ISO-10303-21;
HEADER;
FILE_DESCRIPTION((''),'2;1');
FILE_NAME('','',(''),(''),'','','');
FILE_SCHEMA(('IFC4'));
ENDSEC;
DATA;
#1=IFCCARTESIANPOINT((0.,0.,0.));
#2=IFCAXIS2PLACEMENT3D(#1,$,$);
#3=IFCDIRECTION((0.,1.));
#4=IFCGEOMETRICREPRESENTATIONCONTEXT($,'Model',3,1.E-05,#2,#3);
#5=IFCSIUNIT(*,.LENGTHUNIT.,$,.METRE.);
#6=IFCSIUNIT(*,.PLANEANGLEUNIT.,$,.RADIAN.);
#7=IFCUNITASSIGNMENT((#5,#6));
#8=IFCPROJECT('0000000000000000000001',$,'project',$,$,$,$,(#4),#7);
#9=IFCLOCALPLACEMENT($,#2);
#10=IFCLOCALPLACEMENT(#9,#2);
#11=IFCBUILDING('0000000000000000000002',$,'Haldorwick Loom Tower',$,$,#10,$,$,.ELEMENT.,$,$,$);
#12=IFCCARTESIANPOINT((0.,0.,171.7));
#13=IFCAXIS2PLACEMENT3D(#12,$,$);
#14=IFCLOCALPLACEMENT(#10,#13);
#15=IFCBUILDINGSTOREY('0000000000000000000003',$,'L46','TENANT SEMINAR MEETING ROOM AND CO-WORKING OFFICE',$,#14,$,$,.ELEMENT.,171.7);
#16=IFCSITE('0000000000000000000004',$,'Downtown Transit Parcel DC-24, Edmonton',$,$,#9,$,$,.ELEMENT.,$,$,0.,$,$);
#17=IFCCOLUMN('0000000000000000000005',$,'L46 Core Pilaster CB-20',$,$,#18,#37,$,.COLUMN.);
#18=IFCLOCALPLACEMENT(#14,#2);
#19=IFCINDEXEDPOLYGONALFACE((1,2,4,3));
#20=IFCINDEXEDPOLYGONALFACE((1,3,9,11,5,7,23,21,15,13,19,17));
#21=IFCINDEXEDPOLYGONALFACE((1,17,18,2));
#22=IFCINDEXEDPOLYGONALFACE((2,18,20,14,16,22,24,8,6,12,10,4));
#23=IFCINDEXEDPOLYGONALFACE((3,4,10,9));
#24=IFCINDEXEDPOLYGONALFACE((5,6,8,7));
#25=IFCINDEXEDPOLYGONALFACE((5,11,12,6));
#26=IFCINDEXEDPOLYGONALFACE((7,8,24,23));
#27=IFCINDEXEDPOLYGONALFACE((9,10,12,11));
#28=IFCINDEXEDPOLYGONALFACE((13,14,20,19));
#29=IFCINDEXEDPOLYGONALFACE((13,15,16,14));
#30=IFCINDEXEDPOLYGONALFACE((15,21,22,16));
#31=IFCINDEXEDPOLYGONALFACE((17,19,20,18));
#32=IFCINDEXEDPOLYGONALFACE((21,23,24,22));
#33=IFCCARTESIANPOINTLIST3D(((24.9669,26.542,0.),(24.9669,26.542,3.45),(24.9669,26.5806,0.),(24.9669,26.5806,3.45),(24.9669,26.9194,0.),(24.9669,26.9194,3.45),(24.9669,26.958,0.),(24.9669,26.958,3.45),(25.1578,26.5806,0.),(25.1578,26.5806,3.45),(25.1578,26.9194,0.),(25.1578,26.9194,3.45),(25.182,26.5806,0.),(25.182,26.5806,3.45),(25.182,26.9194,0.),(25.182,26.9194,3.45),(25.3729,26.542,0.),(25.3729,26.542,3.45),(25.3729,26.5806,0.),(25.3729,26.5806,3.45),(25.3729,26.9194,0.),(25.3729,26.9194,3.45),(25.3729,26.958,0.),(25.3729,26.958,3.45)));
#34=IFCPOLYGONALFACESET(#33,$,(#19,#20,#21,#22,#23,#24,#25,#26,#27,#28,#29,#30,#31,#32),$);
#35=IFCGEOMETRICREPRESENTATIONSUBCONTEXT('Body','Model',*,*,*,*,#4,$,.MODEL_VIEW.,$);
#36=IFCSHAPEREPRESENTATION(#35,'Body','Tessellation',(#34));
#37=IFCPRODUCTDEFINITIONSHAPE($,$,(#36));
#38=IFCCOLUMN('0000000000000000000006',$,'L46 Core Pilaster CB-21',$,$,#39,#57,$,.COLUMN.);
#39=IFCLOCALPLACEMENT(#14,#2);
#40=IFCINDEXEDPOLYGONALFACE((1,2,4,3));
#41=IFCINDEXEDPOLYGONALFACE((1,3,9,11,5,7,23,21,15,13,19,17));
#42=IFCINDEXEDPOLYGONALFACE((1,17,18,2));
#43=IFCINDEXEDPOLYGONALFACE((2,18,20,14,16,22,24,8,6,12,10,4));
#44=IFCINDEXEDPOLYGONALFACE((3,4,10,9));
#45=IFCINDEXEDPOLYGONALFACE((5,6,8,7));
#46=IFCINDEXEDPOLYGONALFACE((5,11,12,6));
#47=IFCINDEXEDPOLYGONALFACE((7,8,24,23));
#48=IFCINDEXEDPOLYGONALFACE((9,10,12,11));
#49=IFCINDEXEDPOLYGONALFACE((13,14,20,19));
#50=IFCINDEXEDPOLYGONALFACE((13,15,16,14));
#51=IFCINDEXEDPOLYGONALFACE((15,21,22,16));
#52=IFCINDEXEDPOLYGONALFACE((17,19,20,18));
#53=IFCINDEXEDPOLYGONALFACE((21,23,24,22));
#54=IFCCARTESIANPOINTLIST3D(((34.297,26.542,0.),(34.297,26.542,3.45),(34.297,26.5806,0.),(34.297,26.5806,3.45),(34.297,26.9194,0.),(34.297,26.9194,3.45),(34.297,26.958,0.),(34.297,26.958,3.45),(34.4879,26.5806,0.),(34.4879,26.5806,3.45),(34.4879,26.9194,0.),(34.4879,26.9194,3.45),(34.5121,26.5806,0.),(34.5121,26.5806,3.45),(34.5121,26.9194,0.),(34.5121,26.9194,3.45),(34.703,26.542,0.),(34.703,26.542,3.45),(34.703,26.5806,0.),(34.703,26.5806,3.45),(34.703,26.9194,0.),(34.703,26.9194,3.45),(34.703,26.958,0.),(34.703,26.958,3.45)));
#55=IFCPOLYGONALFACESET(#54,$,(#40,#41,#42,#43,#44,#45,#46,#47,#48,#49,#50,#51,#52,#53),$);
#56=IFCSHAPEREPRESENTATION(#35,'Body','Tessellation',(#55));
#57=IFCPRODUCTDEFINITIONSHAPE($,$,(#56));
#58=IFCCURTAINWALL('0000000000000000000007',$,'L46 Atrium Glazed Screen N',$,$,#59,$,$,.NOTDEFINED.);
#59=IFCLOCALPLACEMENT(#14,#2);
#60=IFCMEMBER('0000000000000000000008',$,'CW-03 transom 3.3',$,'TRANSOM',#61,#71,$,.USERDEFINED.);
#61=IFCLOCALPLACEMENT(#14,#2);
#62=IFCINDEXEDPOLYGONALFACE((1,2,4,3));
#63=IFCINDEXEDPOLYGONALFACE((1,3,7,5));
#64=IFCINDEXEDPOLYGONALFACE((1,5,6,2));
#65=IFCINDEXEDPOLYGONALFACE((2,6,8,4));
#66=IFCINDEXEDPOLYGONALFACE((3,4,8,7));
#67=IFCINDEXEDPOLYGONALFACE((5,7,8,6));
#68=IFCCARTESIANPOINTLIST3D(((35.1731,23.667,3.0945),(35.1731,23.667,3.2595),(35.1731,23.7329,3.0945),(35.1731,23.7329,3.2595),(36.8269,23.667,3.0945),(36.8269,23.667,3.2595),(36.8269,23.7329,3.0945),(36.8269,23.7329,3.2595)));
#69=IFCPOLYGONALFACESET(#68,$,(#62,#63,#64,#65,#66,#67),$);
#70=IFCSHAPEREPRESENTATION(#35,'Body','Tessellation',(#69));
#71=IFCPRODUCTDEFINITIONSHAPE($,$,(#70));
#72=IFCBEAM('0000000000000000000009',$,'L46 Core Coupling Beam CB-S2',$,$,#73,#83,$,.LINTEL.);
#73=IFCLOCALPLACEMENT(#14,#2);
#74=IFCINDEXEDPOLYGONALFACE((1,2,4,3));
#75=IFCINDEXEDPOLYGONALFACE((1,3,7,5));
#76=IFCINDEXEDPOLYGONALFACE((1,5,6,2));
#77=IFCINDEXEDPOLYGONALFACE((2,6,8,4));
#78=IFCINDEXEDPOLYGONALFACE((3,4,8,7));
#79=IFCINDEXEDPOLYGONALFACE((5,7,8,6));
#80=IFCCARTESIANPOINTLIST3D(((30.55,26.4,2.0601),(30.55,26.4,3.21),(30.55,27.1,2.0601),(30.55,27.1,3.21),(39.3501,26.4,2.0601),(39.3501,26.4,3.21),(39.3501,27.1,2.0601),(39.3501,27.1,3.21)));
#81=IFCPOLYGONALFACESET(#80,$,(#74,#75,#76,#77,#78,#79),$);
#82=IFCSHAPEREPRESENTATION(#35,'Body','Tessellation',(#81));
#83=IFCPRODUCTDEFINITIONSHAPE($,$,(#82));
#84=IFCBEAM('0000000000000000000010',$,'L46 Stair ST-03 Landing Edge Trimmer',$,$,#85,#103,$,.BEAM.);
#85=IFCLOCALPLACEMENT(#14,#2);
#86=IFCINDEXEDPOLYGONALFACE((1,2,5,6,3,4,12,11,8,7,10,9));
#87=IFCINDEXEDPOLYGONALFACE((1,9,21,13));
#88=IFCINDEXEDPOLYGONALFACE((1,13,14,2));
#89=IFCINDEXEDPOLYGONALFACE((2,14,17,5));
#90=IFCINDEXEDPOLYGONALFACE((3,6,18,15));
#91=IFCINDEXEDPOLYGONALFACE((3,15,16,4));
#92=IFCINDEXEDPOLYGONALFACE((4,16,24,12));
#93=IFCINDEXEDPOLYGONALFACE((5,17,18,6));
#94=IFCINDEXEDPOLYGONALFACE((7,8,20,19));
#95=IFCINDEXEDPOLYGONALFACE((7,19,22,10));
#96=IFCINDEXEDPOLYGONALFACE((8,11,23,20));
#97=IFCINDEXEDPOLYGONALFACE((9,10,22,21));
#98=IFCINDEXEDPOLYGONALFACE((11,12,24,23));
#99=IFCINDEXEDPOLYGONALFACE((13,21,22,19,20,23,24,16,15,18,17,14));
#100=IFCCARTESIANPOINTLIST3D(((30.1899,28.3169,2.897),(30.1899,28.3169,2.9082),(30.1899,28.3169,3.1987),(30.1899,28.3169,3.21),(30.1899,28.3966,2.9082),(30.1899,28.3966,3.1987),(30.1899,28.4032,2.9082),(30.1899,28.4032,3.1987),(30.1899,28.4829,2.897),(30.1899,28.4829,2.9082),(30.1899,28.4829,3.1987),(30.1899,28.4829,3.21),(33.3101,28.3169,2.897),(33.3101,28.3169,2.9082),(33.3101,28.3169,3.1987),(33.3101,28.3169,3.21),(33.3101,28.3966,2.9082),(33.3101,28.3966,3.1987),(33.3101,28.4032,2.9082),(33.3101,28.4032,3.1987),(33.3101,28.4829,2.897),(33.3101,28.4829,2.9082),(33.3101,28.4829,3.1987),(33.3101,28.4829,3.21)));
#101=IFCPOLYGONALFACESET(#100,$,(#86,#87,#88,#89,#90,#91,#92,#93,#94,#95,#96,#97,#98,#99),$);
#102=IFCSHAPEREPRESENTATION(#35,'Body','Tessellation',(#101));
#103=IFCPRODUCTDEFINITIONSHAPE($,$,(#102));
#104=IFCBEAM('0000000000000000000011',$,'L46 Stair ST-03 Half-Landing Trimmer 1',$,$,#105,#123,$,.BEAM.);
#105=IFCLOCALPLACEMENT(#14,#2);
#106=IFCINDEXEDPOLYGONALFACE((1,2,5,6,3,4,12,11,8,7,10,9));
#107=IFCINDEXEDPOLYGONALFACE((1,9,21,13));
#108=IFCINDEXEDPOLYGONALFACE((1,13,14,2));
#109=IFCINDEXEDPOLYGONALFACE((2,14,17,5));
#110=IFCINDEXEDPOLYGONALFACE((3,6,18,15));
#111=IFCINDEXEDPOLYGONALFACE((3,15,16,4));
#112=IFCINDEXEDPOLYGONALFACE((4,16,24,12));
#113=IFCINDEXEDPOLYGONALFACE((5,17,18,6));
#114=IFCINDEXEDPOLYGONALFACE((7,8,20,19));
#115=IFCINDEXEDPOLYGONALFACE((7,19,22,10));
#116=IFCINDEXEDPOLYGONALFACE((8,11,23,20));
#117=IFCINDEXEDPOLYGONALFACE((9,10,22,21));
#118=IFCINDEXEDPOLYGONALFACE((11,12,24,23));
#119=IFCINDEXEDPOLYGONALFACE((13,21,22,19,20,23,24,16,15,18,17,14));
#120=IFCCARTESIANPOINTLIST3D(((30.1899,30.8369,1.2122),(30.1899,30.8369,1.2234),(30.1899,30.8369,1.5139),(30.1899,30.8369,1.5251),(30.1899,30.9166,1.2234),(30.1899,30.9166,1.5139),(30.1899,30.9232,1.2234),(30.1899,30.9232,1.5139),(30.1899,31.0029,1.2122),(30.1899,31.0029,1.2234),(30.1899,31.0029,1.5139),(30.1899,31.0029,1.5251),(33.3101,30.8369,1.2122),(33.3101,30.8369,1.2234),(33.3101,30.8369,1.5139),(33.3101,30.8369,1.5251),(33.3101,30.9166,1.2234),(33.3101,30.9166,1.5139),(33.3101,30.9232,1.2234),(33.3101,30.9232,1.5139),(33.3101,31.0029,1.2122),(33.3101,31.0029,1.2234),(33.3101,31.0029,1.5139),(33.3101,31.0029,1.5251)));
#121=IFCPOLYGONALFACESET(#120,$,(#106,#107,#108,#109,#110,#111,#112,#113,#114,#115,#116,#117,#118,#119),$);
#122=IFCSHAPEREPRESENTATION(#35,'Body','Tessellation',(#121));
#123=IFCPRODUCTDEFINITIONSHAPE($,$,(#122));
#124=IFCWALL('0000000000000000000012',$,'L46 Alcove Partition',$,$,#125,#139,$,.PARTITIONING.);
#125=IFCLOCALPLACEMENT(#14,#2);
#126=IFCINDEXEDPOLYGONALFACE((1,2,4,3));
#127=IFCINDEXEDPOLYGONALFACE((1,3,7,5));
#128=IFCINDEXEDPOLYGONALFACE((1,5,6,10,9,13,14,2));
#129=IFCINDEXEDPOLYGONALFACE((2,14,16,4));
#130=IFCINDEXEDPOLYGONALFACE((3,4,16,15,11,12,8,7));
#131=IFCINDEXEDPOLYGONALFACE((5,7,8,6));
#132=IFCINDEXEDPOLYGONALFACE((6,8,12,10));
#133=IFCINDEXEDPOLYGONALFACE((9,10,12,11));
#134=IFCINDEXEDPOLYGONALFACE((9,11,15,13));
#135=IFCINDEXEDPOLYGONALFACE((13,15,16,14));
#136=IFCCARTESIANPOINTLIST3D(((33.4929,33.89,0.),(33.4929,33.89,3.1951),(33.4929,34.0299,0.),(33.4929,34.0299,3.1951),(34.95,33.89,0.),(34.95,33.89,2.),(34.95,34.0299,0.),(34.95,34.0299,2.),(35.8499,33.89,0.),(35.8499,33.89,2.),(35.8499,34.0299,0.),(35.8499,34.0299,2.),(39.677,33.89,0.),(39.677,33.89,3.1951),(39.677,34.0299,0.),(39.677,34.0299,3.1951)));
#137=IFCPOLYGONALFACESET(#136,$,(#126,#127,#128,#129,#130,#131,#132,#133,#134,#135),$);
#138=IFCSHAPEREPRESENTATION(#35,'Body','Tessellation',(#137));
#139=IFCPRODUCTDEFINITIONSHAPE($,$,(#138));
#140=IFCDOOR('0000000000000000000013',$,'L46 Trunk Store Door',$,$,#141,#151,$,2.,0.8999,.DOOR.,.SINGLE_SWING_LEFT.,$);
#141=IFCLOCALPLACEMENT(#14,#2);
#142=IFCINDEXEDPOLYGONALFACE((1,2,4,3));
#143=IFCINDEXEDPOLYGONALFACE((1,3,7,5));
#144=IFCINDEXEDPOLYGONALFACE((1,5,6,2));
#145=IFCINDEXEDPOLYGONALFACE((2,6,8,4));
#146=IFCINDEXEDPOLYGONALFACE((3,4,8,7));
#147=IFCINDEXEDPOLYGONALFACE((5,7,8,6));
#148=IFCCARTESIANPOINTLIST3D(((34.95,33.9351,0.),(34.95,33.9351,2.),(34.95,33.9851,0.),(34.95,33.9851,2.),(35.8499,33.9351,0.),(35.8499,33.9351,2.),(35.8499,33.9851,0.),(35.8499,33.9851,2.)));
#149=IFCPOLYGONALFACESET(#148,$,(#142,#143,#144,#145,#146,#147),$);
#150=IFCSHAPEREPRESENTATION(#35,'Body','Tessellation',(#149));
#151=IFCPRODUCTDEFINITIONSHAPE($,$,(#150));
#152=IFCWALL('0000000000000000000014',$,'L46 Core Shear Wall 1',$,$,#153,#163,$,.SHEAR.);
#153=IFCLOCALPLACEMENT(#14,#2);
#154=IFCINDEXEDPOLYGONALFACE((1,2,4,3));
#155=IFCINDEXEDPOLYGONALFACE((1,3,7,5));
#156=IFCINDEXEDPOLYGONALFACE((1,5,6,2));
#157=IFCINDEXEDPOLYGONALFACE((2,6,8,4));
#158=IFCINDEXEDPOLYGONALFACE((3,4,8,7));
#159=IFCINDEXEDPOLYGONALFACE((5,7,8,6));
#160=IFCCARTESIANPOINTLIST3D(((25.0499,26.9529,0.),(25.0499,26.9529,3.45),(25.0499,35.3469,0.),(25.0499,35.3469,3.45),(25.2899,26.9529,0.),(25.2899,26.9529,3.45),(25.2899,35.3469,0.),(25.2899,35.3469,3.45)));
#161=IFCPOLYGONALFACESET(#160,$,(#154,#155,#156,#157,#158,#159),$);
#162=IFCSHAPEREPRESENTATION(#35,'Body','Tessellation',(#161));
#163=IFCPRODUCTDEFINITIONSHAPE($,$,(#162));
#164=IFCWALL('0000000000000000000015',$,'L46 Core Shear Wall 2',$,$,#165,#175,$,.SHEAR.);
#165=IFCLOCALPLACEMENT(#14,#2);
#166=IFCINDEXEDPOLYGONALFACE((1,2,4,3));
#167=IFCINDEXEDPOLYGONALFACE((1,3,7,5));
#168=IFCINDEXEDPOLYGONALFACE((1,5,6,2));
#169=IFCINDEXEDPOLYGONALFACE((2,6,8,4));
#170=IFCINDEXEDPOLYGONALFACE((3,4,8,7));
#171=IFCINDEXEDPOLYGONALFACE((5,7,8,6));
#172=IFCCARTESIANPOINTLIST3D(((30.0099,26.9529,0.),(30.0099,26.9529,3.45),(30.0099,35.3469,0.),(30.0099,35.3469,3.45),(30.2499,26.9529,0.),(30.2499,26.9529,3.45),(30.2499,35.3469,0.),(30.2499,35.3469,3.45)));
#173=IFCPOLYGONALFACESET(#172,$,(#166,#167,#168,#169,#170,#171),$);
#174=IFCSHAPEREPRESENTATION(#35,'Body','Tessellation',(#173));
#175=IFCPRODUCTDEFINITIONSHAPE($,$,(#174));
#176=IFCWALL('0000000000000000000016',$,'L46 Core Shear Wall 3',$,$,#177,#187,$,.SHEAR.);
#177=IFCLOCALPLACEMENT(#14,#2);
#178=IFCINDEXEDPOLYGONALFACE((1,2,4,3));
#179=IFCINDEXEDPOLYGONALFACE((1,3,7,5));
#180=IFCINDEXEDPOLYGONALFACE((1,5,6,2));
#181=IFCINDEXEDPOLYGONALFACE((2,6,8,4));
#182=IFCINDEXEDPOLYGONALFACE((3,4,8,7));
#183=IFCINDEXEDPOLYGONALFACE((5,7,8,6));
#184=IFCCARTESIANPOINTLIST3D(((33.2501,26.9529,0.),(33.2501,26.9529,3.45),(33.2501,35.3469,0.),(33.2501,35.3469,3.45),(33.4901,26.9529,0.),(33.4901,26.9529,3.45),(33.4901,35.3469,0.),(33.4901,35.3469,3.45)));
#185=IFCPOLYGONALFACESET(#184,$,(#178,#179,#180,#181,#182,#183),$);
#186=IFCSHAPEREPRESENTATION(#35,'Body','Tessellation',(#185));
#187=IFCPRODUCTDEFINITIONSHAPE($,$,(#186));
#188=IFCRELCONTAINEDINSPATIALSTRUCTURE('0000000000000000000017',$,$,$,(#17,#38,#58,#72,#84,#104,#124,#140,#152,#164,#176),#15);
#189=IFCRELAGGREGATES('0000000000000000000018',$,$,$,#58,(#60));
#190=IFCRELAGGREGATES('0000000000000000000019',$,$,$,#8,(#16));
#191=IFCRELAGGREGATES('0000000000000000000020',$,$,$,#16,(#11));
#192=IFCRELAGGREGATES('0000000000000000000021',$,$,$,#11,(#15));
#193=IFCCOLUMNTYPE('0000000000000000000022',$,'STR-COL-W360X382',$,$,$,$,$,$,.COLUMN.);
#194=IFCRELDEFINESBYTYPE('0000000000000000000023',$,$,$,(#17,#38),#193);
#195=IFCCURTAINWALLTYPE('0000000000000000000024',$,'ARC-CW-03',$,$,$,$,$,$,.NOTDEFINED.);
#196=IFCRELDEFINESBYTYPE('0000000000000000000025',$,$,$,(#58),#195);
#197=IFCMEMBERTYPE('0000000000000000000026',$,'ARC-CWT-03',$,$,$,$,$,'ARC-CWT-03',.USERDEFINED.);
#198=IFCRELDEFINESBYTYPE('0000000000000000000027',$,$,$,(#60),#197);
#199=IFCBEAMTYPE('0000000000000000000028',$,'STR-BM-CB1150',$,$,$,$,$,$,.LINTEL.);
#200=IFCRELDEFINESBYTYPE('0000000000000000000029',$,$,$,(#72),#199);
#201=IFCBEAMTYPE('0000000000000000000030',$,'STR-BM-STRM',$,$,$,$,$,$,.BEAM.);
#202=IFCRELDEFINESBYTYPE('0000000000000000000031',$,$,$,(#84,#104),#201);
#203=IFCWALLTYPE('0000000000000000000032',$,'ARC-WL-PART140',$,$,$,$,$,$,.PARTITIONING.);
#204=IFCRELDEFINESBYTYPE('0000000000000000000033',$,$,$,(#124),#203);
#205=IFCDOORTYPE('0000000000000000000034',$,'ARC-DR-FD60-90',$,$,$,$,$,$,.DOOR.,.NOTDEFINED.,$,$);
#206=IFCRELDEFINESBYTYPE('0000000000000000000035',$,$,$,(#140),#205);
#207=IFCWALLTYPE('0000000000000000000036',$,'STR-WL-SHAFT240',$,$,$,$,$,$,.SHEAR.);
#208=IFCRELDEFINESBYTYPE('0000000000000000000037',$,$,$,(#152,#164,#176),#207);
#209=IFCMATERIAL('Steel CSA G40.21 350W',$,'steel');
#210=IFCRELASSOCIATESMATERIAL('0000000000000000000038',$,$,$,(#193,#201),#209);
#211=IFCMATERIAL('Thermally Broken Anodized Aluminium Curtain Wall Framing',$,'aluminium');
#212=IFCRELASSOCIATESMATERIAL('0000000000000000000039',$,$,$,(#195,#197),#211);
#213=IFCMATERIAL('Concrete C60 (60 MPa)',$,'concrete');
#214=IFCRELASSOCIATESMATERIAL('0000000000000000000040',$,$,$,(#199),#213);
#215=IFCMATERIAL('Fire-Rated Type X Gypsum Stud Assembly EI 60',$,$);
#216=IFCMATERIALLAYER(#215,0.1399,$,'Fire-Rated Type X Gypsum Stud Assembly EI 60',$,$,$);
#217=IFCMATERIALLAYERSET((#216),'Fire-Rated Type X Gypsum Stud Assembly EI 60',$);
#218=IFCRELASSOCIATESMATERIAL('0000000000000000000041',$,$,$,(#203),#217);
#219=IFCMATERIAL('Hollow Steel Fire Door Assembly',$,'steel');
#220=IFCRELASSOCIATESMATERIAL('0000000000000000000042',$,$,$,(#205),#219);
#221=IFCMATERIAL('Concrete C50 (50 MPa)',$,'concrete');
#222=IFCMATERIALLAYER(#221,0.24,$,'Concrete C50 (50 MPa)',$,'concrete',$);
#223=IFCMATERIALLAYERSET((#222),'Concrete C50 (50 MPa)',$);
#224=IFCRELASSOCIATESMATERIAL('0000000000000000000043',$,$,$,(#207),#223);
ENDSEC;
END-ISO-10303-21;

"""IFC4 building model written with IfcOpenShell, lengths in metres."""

from ifc_helpers import new_model, si_unit, direction, frame, frame_2d, origin, origin_2d, place, context, subcontext, project, spatial, rectangle, i_section, extrude, material, layer, layer_set, material_profile, profile_set, type_object, element, fill, aggregate, save


model = new_model("IFC4")

# Units and contexts
model_context = context("Model", 3, precision=1e-05, world=origin(), true_north=direction((0.0, 1.0)))
body_context = subcontext(model_context, "Body", "Model", "MODEL_VIEW")
ifc_project = project(units=[si_unit("LENGTHUNIT", "METRE"), si_unit("PLANEANGLEUNIT", "RADIAN")], contexts=[model_context])

# Site, building, storey
site_placement = place(None, origin())
site = spatial("IfcSite", under=ifc_project, at=site_placement, Name="Downtown Transit Parcel DC-24, Edmonton", CompositionType="ELEMENT", RefElevation=0.0)
building_placement = place(site_placement, origin())
building = spatial("IfcBuilding", under=site, at=building_placement, Name="Haldorwick Loom Tower", CompositionType="ELEMENT")
storey_placement = place(building_placement, frame((0.0, 0.0, 171.7)))
storey = spatial("IfcBuildingStorey", under=building, at=storey_placement, Name="L46", Description="TENANT SEMINAR MEETING ROOM AND CO-WORKING OFFICE", CompositionType="ELEMENT", Elevation=171.7)

# Columns
ifc_material_1 = material(Name="Steel CSA G40.21 350W", Category="steel")
ifc_material_profile_1 = material_profile(ifc_material_1, i_section(OverallWidth=0.406, OverallDepth=0.416, WebThickness=0.0242, FlangeThickness=0.0386, at=origin_2d()), Name="W360X382", Category="steel")
ifc_profile_set_1 = profile_set([ifc_material_profile_1], Name="Steel CSA G40.21 350W")
column_type = type_object("IfcColumnType", Name="STR-COL-W360X382", PredefinedType="COLUMN", material=ifc_profile_set_1)
for number, where, z_axis, x_axis, name in (
    (1, (25.1699, 26.75, 0.0), (0.0, 0.0, 1.0), (1.0, 0.0, 0.0), "L46 Core Pilaster CB-20"),
    (2, (34.5, 26.75, 0.0), (0.0, 0.0, 1.0), (1.0, 0.0, 0.0), "L46 Core Pilaster CB-21"),
):
    element("IfcColumn", number, at=place(storey_placement, frame(where, z_axis=z_axis, x_axis=x_axis)), inside=storey, type_object=column_type, Name=name, PredefinedType="COLUMN", context=body_context, shape_type="SweptSolid", body=[
        extrude(i_section(OverallWidth=0.406, OverallDepth=0.416, WebThickness=0.0242, FlangeThickness=0.0386, at=origin_2d()), origin(), (0.0, 0.0, 1.0), 3.45),
    ])

# Curtain wall, member
ifc_material_2 = material(Name="Thermally Broken Anodized Aluminium Curtain Wall Framing", Category="aluminium")
curtain_wall_type = type_object("IfcCurtainWallType", Name="ARC-CW-03", PredefinedType="NOTDEFINED", material=ifc_material_2)
curtain_wall_placement = place(storey_placement, origin())
curtain_wall = element("IfcCurtainWall", 3, at=curtain_wall_placement, inside=storey, type_object=curtain_wall_type, Name="L46 Atrium Glazed Screen N", PredefinedType="NOTDEFINED")
ifc_material_profile_2 = material_profile(ifc_material_2, rectangle(XDim=0.0659, YDim=0.165, at=origin_2d()), Name="ALU_TRN_66X165", Category="aluminium")
ifc_profile_set_2 = profile_set([ifc_material_profile_2], Name="Thermally Broken Anodized Aluminium Curtain Wall Framing")
member_type = type_object("IfcMemberType", Name="ARC-CWT-03", ElementType="ARC-CWT-03", PredefinedType="USERDEFINED", material=ifc_profile_set_2)
member_placement = place(storey_placement, frame((35.1731, 23.7, 3.177), z_axis=(1.0, 0.0, 0.0), x_axis=(0.0, 1.0, 0.0)))
member = element("IfcMember", 4, at=member_placement, type_object=member_type, Name="CW-03 transom 3.3", ObjectType="TRANSOM", PredefinedType="USERDEFINED", context=body_context, shape_type="SweptSolid", body=[
    extrude(rectangle(XDim=0.0659, YDim=0.165, at=origin_2d()), origin(), (0.0, 0.0, 1.0), 1.6538),
])
aggregate(curtain_wall, [member])

# Beams
ifc_material_3 = material(Name="Concrete C60 (60 MPa)", Category="concrete")
ifc_material_profile_3 = material_profile(ifc_material_3, rectangle(XDim=0.7, YDim=1.1499, at=origin_2d()), Name="RC700X1150", Category="concrete")
ifc_profile_set_3 = profile_set([ifc_material_profile_3], Name="Concrete C60 (60 MPa)")
beam_type_1 = type_object("IfcBeamType", Name="STR-BM-CB1150", PredefinedType="LINTEL", material=ifc_profile_set_3)
beam_placement = place(storey_placement, frame((30.55, 26.75, 2.635), z_axis=(1.0, 0.0, 0.0), x_axis=(0.0, 1.0, 0.0)))
element("IfcBeam", 5, at=beam_placement, inside=storey, type_object=beam_type_1, Name="L46 Core Coupling Beam CB-S2", PredefinedType="LINTEL", context=body_context, shape_type="SweptSolid", body=[
    extrude(rectangle(XDim=0.7, YDim=1.1499, at=origin_2d()), origin(), (0.0, 0.0, 1.0), 8.8),
])
ifc_material_profile_4 = material_profile(ifc_material_1, i_section(OverallWidth=0.166, OverallDepth=0.313, WebThickness=0.0066, FlangeThickness=0.0112, at=origin_2d()), Name="W310X45", Category="steel")
ifc_profile_set_4 = profile_set([ifc_material_profile_4], Name="Steel CSA G40.21 350W")
beam_type_2 = type_object("IfcBeamType", Name="STR-BM-STRM", PredefinedType="BEAM", material=ifc_profile_set_4)
for number, where, z_axis, x_axis, name in (
    (6, (30.1899, 28.3999, 3.0535), (1.0, 0.0, 0.0), (0.0, 1.0, 0.0), "L46 Stair ST-03 Landing Edge Trimmer"),
    (7, (30.1899, 30.9199, 1.3687), (1.0, 0.0, 0.0), (0.0, 1.0, 0.0), "L46 Stair ST-03 Half-Landing Trimmer 1"),
):
    element("IfcBeam", number, at=place(storey_placement, frame(where, z_axis=z_axis, x_axis=x_axis)), inside=storey, type_object=beam_type_2, Name=name, PredefinedType="BEAM", context=body_context, shape_type="SweptSolid", body=[
        extrude(i_section(OverallWidth=0.166, OverallDepth=0.313, WebThickness=0.0066, FlangeThickness=0.0112, at=origin_2d()), origin(), (0.0, 0.0, 1.0), 3.1201),
    ])

# Wall, opening, door
ifc_material_4 = material(Name="Fire-Rated Type X Gypsum Stud Assembly EI 60")
ifc_layer_1 = layer(ifc_material_4, 0.1399, Name="Fire-Rated Type X Gypsum Stud Assembly EI 60")
ifc_layer_set_1 = layer_set([ifc_layer_1], Name="Fire-Rated Type X Gypsum Stud Assembly EI 60")
wall_type_1 = type_object("IfcWallType", Name="ARC-WL-PART140", PredefinedType="PARTITIONING", material=ifc_layer_set_1)
wall_1_placement = place(storey_placement, frame((33.4929, 33.96, 0.0), z_axis=(0.0, 0.0, 1.0), x_axis=(1.0, 0.0, 0.0)))
wall_1 = element("IfcWall", 8, at=wall_1_placement, inside=storey, type_object=wall_type_1, Name="L46 Alcove Partition", PredefinedType="PARTITIONING", context=body_context, shape_type="SweptSolid", body=[
    extrude(rectangle(XDim=6.1841, YDim=0.1399, at=frame_2d((3.092, 0.0))), origin(), (0.0, 0.0, 1.0), 3.1951),
])
opening_1_placement = place(wall_1_placement, frame((1.457, 0.0, 0.0)))
opening_1 = element("IfcOpeningElement", 9, at=opening_1_placement, cuts=wall_1, PredefinedType="OPENING", context=body_context, shape_type="SweptSolid", body=[
    extrude(rectangle(XDim=0.8999, YDim=2.0, at=frame_2d((0.45, 1.0))), frame((0.0, 0.0798, 0.0), z_axis=(0.0, -1.0, 0.0), x_axis=(1.0, 0.0, 0.0)), (0.0, 0.0, 1.0), 0.1599),
])
ifc_material_5 = material(Name="Hollow Steel Fire Door Assembly", Category="steel")
door_type_1 = type_object("IfcDoorType", Name="ARC-DR-FD60-90", OperationType="NOTDEFINED", PredefinedType="DOOR", material=ifc_material_5)
door_1_placement = place(opening_1_placement, frame((0.8999, 0.0, 0.0), z_axis=(0.0, 0.0, 1.0), x_axis=(-1.0, 0.0, 0.0)))
door_1 = element("IfcDoor", 10, at=door_1_placement, inside=storey, type_object=door_type_1, Name="L46 Trunk Store Door", OperationType="SINGLE_SWING_LEFT", OverallHeight=2.0, OverallWidth=0.8999, PredefinedType="DOOR", context=body_context, shape_type="SweptSolid", body=[
    extrude(rectangle(XDim=0.8999, YDim=2.0, at=frame_2d((0.45, 1.0))), frame((0.0, 0.0249, 0.0), z_axis=(0.0, -1.0, 0.0), x_axis=(1.0, 0.0, 0.0)), (0.0, 0.0, 1.0), 0.05),
])
fill(opening_1, door_1)

# Walls
ifc_material_6 = material(Name="Concrete C50 (50 MPa)", Category="concrete")
ifc_layer_2 = layer(ifc_material_6, 0.24, Name="Concrete C50 (50 MPa)", Category="concrete")
ifc_layer_set_2 = layer_set([ifc_layer_2], Name="Concrete C50 (50 MPa)")
wall_type_2 = type_object("IfcWallType", Name="STR-WL-SHAFT240", PredefinedType="SHEAR", material=ifc_layer_set_2)
for number, where, z_axis, x_axis, name in (
    (11, (25.1699, 26.9529, 0.0), (0.0, 0.0, 1.0), (0.0, 1.0, 0.0), "L46 Core Shear Wall 1"),
    (12, (30.1299, 26.9529, 0.0), (0.0, 0.0, 1.0), (0.0, 1.0, 0.0), "L46 Core Shear Wall 2"),
    (13, (33.3701, 26.9529, 0.0), (0.0, 0.0, 1.0), (0.0, 1.0, 0.0), "L46 Core Shear Wall 3"),
):
    element("IfcWall", number, at=place(storey_placement, frame(where, z_axis=z_axis, x_axis=x_axis)), inside=storey, type_object=wall_type_2, Name=name, PredefinedType="SHEAR", context=body_context, shape_type="SweptSolid", body=[
        extrude(rectangle(XDim=8.394, YDim=0.24, at=frame_2d((4.197, 0.0))), origin(), (0.0, 0.0, 1.0), 3.45),
    ])

save(model, "model.ifc")
